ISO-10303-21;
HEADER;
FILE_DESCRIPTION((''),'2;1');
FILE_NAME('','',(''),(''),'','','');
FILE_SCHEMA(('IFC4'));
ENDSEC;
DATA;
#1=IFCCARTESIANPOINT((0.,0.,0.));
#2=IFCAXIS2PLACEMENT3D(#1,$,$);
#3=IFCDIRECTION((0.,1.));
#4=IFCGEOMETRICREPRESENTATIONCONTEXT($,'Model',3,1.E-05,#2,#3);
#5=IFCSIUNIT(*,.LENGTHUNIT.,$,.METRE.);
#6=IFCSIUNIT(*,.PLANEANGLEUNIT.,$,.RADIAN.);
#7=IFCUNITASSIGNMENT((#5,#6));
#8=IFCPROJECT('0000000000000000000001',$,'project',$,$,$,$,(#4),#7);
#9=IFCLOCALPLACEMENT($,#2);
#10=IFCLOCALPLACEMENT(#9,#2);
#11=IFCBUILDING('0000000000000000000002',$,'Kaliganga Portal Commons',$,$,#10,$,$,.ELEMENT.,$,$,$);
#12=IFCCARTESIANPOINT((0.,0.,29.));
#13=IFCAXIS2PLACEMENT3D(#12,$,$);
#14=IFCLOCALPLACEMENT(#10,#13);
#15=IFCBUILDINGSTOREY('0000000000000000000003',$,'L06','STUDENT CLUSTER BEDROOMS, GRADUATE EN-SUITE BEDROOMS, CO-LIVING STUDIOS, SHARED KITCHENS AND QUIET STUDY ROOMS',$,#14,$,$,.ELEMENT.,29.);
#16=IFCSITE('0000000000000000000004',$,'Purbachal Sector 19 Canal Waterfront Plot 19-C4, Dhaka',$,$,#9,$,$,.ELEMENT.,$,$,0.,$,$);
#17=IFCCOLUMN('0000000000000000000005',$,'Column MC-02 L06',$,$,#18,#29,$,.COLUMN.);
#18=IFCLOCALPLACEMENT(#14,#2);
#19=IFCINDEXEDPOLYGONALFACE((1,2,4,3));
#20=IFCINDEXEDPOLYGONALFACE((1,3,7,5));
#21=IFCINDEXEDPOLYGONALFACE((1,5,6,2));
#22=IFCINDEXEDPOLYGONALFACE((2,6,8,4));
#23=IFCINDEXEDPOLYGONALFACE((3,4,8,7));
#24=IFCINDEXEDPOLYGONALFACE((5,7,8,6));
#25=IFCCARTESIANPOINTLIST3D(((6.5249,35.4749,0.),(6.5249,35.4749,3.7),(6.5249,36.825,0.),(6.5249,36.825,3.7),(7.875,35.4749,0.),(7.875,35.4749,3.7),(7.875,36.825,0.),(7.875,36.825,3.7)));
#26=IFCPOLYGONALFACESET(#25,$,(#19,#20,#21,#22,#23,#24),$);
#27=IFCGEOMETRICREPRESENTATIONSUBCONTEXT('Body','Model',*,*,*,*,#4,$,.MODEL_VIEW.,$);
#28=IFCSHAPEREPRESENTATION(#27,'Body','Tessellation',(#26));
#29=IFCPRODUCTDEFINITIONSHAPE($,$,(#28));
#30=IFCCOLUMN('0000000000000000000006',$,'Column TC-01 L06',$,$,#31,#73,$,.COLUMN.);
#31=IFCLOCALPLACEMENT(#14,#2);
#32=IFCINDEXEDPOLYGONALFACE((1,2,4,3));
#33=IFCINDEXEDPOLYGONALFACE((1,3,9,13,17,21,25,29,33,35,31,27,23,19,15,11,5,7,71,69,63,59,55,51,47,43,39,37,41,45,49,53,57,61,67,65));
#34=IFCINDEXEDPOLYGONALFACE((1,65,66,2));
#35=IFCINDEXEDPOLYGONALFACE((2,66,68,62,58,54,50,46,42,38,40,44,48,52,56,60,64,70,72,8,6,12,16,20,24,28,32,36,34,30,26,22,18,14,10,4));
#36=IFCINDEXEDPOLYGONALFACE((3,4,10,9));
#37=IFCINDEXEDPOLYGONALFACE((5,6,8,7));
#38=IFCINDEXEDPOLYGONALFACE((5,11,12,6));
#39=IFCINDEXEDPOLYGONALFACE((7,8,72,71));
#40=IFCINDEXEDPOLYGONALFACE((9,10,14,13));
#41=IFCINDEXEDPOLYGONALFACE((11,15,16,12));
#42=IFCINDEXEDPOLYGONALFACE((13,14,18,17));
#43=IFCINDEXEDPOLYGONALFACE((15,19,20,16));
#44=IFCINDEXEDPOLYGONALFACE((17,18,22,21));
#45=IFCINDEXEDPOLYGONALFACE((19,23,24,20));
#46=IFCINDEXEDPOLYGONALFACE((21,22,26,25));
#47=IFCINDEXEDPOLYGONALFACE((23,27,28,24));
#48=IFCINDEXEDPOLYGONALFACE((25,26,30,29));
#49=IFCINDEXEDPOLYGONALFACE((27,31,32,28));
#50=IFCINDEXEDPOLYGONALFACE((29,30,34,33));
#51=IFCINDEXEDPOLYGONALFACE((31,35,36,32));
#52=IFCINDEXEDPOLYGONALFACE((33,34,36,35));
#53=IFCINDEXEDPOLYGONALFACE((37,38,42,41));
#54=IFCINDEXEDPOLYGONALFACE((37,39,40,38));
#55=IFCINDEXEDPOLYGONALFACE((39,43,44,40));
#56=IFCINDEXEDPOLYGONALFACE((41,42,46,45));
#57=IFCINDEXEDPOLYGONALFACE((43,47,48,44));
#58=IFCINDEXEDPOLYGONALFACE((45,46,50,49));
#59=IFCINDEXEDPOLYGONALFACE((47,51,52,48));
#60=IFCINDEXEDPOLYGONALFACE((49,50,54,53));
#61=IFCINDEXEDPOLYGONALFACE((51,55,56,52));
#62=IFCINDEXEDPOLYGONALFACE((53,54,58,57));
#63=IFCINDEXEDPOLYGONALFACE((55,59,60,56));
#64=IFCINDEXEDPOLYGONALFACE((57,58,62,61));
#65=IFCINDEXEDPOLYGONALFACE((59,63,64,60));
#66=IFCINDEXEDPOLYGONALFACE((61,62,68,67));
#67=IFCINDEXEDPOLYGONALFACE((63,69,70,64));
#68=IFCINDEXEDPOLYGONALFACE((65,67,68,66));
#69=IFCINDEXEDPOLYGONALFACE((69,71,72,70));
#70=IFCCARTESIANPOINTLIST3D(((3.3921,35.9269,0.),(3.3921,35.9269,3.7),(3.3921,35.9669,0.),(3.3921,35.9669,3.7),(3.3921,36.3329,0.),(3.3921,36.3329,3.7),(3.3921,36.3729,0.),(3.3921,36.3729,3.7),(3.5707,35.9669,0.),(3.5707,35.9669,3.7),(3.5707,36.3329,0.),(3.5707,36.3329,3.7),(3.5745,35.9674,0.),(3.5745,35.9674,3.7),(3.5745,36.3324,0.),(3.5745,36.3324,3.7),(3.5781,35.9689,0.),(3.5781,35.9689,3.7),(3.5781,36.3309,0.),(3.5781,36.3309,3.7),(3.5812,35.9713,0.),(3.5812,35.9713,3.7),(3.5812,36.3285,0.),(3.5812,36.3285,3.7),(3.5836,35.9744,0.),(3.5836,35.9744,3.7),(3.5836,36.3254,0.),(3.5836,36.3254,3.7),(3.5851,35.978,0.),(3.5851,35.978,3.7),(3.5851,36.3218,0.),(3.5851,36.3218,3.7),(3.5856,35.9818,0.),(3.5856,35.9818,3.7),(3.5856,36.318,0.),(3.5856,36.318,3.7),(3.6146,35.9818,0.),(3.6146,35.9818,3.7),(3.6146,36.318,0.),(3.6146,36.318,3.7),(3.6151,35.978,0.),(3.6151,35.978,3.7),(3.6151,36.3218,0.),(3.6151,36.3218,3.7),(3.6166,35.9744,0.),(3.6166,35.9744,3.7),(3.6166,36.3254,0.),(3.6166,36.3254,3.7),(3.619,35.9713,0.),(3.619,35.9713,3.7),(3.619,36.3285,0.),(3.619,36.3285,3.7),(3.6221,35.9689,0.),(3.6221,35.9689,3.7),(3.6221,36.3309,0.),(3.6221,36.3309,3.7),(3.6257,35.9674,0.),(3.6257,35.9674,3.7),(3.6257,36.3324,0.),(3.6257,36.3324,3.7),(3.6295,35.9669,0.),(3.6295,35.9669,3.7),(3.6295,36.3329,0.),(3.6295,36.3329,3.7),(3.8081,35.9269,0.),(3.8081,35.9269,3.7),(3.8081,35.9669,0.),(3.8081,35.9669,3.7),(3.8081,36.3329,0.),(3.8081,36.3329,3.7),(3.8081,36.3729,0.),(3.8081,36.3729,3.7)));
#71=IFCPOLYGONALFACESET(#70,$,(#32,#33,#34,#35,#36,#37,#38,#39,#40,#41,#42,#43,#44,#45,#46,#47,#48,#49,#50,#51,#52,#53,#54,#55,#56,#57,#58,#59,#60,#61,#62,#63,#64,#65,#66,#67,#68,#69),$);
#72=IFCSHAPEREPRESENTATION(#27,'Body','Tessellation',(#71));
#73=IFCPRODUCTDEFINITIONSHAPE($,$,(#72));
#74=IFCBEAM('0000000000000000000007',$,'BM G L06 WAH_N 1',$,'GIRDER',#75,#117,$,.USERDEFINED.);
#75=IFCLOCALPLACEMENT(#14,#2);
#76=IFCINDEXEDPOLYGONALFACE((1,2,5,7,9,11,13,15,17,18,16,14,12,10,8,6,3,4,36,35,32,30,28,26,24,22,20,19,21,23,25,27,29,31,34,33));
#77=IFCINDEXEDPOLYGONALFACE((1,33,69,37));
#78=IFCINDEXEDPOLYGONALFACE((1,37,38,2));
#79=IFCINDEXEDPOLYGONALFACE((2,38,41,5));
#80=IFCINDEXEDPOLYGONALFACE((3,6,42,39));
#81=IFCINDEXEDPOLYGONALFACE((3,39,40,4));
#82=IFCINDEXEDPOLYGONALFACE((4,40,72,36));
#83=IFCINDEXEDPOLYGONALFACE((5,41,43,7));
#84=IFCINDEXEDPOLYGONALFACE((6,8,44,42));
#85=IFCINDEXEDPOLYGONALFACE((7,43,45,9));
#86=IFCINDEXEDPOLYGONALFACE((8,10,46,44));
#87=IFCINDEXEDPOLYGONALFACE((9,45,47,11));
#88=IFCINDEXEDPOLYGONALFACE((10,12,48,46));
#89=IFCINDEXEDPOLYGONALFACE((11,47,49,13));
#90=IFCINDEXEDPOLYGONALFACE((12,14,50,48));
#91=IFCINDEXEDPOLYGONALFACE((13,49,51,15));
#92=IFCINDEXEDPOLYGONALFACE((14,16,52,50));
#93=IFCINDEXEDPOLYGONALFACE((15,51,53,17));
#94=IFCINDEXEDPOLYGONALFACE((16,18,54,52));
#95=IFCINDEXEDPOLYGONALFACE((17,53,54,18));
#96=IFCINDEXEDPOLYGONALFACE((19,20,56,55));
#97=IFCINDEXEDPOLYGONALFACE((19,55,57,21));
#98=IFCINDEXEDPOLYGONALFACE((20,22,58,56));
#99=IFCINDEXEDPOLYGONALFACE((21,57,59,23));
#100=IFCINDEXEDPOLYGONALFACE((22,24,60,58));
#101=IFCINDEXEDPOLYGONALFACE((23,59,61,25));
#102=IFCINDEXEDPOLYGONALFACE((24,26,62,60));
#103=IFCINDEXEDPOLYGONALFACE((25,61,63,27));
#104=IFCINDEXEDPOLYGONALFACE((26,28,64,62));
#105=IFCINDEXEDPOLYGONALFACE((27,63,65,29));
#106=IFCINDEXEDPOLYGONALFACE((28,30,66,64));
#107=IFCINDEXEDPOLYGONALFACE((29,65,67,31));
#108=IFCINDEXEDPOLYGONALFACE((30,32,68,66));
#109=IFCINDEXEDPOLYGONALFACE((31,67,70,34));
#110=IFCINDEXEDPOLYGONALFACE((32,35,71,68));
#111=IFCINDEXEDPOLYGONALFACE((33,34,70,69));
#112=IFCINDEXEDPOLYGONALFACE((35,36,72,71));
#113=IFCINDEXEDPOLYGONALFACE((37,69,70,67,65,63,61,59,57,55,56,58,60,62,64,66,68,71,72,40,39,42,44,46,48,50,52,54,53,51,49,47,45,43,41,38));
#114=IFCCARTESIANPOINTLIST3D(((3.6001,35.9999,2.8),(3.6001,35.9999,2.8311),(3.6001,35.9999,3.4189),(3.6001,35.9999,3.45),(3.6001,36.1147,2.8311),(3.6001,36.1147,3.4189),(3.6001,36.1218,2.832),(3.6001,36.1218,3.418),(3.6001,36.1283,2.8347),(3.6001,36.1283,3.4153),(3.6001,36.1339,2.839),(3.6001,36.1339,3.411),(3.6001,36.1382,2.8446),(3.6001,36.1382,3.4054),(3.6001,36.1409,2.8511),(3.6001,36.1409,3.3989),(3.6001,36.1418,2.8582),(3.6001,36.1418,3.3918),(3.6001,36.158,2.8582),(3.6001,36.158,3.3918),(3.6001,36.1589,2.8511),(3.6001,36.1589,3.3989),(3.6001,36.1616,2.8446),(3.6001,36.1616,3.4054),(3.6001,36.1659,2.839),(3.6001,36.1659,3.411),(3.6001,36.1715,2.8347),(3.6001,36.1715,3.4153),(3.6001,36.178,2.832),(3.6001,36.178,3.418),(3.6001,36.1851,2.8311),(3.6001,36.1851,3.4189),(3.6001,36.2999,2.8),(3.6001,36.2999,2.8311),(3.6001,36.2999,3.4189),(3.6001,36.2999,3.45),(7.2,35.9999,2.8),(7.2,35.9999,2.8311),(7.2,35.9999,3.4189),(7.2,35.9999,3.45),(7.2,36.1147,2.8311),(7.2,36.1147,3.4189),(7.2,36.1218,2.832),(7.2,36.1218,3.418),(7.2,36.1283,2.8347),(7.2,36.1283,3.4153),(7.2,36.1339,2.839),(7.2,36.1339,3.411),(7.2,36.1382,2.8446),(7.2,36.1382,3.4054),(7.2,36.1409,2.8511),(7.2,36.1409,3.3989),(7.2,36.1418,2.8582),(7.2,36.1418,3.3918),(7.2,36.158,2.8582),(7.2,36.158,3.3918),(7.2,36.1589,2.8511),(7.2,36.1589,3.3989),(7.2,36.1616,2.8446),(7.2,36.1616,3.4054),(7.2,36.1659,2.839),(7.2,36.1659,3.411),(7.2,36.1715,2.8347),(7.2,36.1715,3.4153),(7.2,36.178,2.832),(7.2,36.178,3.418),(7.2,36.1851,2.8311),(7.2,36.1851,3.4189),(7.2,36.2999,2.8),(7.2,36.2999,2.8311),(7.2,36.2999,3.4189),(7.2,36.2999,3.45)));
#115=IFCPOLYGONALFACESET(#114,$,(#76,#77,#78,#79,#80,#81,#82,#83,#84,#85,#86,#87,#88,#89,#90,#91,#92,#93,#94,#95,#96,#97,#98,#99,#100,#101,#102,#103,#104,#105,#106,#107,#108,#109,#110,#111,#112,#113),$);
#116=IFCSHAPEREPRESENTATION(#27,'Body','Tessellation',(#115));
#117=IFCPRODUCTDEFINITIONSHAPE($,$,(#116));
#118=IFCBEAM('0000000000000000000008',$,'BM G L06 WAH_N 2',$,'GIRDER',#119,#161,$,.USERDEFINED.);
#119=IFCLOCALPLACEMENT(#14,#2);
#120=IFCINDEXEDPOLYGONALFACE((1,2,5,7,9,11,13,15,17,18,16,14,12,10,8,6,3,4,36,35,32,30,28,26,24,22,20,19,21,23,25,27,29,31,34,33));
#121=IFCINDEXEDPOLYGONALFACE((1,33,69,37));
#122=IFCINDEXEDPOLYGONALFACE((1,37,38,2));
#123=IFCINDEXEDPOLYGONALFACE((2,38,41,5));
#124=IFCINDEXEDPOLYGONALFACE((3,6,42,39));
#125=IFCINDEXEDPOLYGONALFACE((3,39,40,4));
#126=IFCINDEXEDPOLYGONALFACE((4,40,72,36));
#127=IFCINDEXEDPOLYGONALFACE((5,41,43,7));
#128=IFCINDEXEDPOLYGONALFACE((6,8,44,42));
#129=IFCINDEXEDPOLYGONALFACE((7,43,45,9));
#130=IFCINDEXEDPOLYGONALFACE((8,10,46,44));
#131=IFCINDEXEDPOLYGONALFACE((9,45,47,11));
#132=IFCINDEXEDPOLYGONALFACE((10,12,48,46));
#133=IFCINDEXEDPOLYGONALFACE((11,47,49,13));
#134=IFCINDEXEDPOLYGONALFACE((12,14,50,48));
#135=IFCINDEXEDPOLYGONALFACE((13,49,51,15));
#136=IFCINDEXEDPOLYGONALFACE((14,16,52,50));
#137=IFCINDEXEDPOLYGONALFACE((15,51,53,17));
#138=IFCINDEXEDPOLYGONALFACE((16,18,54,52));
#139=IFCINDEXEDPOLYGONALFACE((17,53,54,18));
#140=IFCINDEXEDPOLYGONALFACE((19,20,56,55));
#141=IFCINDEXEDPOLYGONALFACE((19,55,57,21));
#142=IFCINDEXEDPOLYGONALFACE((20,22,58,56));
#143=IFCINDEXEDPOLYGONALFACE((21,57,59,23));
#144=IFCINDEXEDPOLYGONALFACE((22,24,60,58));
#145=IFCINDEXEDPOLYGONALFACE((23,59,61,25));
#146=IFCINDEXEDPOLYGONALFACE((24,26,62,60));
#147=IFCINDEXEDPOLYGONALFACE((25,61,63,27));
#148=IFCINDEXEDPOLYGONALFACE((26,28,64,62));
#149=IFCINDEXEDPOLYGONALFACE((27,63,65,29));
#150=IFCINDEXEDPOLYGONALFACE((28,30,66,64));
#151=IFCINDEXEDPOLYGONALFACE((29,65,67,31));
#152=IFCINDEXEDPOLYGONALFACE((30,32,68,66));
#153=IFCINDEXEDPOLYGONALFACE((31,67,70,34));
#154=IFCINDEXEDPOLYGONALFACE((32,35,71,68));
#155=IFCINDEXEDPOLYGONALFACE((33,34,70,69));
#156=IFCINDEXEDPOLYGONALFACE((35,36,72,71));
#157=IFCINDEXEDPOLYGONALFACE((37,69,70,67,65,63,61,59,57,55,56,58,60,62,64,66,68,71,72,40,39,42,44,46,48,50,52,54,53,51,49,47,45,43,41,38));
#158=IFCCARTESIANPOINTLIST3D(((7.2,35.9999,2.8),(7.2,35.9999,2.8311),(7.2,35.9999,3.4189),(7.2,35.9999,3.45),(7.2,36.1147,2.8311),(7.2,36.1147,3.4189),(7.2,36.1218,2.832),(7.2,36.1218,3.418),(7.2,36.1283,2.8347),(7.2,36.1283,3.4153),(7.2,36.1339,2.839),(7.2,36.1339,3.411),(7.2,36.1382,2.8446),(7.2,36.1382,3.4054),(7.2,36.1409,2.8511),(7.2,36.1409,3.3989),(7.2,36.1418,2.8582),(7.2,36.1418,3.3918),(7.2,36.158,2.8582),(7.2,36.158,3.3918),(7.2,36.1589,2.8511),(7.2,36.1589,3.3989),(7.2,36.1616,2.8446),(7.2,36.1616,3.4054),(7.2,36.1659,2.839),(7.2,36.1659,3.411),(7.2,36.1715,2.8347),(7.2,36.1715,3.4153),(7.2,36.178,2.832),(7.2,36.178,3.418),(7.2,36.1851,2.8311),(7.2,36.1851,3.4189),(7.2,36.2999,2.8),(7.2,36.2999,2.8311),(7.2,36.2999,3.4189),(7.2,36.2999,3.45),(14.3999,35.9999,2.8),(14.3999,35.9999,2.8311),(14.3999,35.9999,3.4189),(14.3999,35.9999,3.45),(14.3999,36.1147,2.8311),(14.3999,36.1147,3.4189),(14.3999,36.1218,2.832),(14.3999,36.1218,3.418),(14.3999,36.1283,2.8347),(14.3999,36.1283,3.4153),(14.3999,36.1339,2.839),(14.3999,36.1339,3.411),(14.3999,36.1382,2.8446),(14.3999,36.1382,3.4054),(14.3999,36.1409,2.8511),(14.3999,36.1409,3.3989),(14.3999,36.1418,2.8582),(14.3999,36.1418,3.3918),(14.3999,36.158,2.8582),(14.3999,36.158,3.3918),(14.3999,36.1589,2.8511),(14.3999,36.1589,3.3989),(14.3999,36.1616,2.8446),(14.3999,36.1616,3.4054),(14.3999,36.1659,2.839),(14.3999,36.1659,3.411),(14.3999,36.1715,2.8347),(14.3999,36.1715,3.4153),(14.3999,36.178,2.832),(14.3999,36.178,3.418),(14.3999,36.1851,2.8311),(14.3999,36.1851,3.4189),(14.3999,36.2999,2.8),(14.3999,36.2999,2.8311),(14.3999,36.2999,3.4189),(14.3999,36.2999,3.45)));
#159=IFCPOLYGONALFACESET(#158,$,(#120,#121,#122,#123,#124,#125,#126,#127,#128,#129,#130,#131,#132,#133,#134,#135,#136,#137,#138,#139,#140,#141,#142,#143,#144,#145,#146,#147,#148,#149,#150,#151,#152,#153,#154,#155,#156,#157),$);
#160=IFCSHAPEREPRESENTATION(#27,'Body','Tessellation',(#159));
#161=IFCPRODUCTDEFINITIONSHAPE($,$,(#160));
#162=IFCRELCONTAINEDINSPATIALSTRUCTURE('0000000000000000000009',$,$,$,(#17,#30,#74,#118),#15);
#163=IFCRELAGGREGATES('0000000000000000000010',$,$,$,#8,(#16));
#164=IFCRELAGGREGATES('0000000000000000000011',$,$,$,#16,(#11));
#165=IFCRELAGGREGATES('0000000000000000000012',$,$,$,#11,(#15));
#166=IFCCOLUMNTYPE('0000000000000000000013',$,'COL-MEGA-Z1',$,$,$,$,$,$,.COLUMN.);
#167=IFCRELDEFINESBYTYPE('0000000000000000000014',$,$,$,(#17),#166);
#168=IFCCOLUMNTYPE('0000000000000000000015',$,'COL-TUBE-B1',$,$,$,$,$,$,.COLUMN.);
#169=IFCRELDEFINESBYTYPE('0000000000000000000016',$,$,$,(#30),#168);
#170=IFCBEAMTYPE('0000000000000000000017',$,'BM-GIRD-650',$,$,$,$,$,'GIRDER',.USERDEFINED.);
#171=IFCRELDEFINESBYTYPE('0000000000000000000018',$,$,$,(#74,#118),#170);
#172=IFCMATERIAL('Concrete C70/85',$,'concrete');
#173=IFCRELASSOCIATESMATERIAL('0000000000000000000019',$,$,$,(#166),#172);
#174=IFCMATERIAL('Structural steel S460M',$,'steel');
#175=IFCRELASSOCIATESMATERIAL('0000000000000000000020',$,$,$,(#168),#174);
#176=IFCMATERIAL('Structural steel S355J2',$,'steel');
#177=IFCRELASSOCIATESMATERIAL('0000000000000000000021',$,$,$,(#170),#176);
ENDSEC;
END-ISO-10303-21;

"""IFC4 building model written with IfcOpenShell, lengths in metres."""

from ifc_helpers import new_model, si_unit, direction, frame, origin, origin_2d, place, context, subcontext, project, spatial, rectangle, i_section, extrude, source, transform, mapped, material, material_profile, profile_set, type_object, element, save


model = new_model("IFC4")

# Units and contexts
model_context = context("Model", 3, precision=1e-05, world=origin(), true_north=direction((0.0, 1.0)))
body_context = subcontext(model_context, "Body", "Model", "MODEL_VIEW")
ifc_project = project(units=[si_unit("LENGTHUNIT", "METRE"), si_unit("PLANEANGLEUNIT", "RADIAN")], contexts=[model_context])

# Site, building, storey
site_placement = place(None, origin())
site = spatial("IfcSite", under=ifc_project, at=site_placement, Name="Purbachal Sector 19 Canal Waterfront Plot 19-C4, Dhaka", CompositionType="ELEMENT", RefElevation=0.0)
building_placement = place(site_placement, origin())
building = spatial("IfcBuilding", under=site, at=building_placement, Name="Kaliganga Portal Commons", CompositionType="ELEMENT")
storey_placement = place(building_placement, frame((0.0, 0.0, 29.0)))
storey = spatial("IfcBuildingStorey", under=building, at=storey_placement, Name="L06", Description="STUDENT CLUSTER BEDROOMS, GRADUATE EN-SUITE BEDROOMS, CO-LIVING STUDIOS, SHARED KITCHENS AND QUIET STUDY ROOMS", CompositionType="ELEMENT", Elevation=29.0)

# Columns
ifc_material_1 = material(Name="Concrete C70/85", Category="concrete")
ifc_material_profile_1 = material_profile(ifc_material_1, rectangle(XDim=1.3501, YDim=1.3501, at=origin_2d()), Name="RC 1350x1350")
ifc_profile_set_1 = profile_set([ifc_material_profile_1], Name="Concrete C70/85")
column_type_1 = type_object("IfcColumnType", Name="COL-MEGA-Z1", PredefinedType="COLUMN", material=ifc_profile_set_1)
shared_shape_1 = source(origin(), body_context, "Body", "SweptSolid", [
    extrude(rectangle(XDim=1.3501, YDim=1.3501, at=origin_2d()), origin(), (0.0, 0.0, 1.0), 3.7),
])
column_1_placement = place(storey_placement, frame((7.2, 36.1499, 0.0), z_axis=(0.0, 0.0, 1.0), x_axis=(1.0, 0.0, 0.0)))
element("IfcColumn", 1, at=column_1_placement, inside=storey, type_object=column_type_1, Name="Column MC-02 L06", PredefinedType="COLUMN", context=body_context, shape_type="MappedRepresentation", body=[
    mapped(shared_shape_1, transform((0.0, 0.0, 0.0), x_axis=(1.0, 0.0, 0.0), y_axis=(0.0, 1.0, 0.0), z_axis=(0.0, 0.0, 1.0), scale=1.0)),
])
ifc_material_2 = material(Name="Structural steel S460M", Category="steel")
ifc_material_profile_2 = material_profile(ifc_material_2, i_section(OverallWidth=0.416, OverallDepth=0.446, WebThickness=0.0291, FlangeThickness=0.04, FilletRadius=0.0149, at=origin_2d()), Name="HD 400x509")
ifc_profile_set_2 = profile_set([ifc_material_profile_2], Name="Structural steel S460M wide-flange")
column_type_2 = type_object("IfcColumnType", Name="COL-TUBE-B1", PredefinedType="COLUMN", material=ifc_profile_set_2)
shared_shape_2 = source(origin(), body_context, "Body", "SweptSolid", [
    extrude(i_section(OverallWidth=0.416, OverallDepth=0.446, WebThickness=0.0291, FlangeThickness=0.04, FilletRadius=0.0149, at=origin_2d()), origin(), (0.0, 0.0, 1.0), 3.7),
])
column_2_placement = place(storey_placement, frame((3.6001, 36.1499, 0.0), z_axis=(0.0, 0.0, 1.0), x_axis=(1.0, 0.0, 0.0)))
element("IfcColumn", 2, at=column_2_placement, inside=storey, type_object=column_type_2, Name="Column TC-01 L06", PredefinedType="COLUMN", context=body_context, shape_type="MappedRepresentation", body=[
    mapped(shared_shape_2, transform((0.0, 0.0, 0.0), x_axis=(1.0, 0.0, 0.0), y_axis=(0.0, 1.0, 0.0), z_axis=(0.0, 0.0, 1.0), scale=1.0)),
])

# Beams
ifc_material_3 = material(Name="Structural steel S355J2", Category="steel")
ifc_material_profile_3 = material_profile(ifc_material_3, i_section(OverallWidth=0.3, OverallDepth=0.6499, WebThickness=0.0161, FlangeThickness=0.031, FilletRadius=0.0271, at=origin_2d()), Name="HE 650 B")
ifc_profile_set_3 = profile_set([ifc_material_profile_3], Name="Structural steel S355J2 wide-flange")
beam_type = type_object("IfcBeamType", Name="BM-GIRD-650", ElementType="GIRDER", PredefinedType="USERDEFINED", material=ifc_profile_set_3)
shared_shape_3 = source(origin(), body_context, "Body", "SweptSolid", [
    extrude(i_section(OverallWidth=0.3, OverallDepth=0.6499, WebThickness=0.0161, FlangeThickness=0.031, FilletRadius=0.0271, at=origin_2d()), origin(), (0.0, 0.0, 1.0), 3.5999),
])
beam_1_placement = place(storey_placement, frame((3.6001, 36.1499, 3.125), z_axis=(1.0, 0.0, 0.0), x_axis=(0.0, 1.0, 0.0)))
element("IfcBeam", 3, at=beam_1_placement, inside=storey, type_object=beam_type, Name="BM G L06 WAH_N 1", ObjectType="GIRDER", PredefinedType="USERDEFINED", context=body_context, shape_type="MappedRepresentation", body=[
    mapped(shared_shape_3, transform((0.0, 0.0, 0.0), x_axis=(1.0, 0.0, 0.0), y_axis=(0.0, 1.0, 0.0), z_axis=(0.0, 0.0, 1.0), scale=1.0)),
])
shared_shape_4 = source(origin(), body_context, "Body", "SweptSolid", [
    extrude(i_section(OverallWidth=0.3, OverallDepth=0.6499, WebThickness=0.0161, FlangeThickness=0.031, FilletRadius=0.0271, at=origin_2d()), origin(), (0.0, 0.0, 1.0), 7.2),
])
beam_2_placement = place(storey_placement, frame((7.2, 36.1499, 3.125), z_axis=(1.0, 0.0, 0.0), x_axis=(0.0, 1.0, 0.0)))
element("IfcBeam", 4, at=beam_2_placement, inside=storey, type_object=beam_type, Name="BM G L06 WAH_N 2", ObjectType="GIRDER", PredefinedType="USERDEFINED", context=body_context, shape_type="MappedRepresentation", body=[
    mapped(shared_shape_4, transform((0.0, 0.0, 0.0), x_axis=(1.0, 0.0, 0.0), y_axis=(0.0, 1.0, 0.0), z_axis=(0.0, 0.0, 1.0), scale=1.0)),
])

save(model, "model.ifc")
